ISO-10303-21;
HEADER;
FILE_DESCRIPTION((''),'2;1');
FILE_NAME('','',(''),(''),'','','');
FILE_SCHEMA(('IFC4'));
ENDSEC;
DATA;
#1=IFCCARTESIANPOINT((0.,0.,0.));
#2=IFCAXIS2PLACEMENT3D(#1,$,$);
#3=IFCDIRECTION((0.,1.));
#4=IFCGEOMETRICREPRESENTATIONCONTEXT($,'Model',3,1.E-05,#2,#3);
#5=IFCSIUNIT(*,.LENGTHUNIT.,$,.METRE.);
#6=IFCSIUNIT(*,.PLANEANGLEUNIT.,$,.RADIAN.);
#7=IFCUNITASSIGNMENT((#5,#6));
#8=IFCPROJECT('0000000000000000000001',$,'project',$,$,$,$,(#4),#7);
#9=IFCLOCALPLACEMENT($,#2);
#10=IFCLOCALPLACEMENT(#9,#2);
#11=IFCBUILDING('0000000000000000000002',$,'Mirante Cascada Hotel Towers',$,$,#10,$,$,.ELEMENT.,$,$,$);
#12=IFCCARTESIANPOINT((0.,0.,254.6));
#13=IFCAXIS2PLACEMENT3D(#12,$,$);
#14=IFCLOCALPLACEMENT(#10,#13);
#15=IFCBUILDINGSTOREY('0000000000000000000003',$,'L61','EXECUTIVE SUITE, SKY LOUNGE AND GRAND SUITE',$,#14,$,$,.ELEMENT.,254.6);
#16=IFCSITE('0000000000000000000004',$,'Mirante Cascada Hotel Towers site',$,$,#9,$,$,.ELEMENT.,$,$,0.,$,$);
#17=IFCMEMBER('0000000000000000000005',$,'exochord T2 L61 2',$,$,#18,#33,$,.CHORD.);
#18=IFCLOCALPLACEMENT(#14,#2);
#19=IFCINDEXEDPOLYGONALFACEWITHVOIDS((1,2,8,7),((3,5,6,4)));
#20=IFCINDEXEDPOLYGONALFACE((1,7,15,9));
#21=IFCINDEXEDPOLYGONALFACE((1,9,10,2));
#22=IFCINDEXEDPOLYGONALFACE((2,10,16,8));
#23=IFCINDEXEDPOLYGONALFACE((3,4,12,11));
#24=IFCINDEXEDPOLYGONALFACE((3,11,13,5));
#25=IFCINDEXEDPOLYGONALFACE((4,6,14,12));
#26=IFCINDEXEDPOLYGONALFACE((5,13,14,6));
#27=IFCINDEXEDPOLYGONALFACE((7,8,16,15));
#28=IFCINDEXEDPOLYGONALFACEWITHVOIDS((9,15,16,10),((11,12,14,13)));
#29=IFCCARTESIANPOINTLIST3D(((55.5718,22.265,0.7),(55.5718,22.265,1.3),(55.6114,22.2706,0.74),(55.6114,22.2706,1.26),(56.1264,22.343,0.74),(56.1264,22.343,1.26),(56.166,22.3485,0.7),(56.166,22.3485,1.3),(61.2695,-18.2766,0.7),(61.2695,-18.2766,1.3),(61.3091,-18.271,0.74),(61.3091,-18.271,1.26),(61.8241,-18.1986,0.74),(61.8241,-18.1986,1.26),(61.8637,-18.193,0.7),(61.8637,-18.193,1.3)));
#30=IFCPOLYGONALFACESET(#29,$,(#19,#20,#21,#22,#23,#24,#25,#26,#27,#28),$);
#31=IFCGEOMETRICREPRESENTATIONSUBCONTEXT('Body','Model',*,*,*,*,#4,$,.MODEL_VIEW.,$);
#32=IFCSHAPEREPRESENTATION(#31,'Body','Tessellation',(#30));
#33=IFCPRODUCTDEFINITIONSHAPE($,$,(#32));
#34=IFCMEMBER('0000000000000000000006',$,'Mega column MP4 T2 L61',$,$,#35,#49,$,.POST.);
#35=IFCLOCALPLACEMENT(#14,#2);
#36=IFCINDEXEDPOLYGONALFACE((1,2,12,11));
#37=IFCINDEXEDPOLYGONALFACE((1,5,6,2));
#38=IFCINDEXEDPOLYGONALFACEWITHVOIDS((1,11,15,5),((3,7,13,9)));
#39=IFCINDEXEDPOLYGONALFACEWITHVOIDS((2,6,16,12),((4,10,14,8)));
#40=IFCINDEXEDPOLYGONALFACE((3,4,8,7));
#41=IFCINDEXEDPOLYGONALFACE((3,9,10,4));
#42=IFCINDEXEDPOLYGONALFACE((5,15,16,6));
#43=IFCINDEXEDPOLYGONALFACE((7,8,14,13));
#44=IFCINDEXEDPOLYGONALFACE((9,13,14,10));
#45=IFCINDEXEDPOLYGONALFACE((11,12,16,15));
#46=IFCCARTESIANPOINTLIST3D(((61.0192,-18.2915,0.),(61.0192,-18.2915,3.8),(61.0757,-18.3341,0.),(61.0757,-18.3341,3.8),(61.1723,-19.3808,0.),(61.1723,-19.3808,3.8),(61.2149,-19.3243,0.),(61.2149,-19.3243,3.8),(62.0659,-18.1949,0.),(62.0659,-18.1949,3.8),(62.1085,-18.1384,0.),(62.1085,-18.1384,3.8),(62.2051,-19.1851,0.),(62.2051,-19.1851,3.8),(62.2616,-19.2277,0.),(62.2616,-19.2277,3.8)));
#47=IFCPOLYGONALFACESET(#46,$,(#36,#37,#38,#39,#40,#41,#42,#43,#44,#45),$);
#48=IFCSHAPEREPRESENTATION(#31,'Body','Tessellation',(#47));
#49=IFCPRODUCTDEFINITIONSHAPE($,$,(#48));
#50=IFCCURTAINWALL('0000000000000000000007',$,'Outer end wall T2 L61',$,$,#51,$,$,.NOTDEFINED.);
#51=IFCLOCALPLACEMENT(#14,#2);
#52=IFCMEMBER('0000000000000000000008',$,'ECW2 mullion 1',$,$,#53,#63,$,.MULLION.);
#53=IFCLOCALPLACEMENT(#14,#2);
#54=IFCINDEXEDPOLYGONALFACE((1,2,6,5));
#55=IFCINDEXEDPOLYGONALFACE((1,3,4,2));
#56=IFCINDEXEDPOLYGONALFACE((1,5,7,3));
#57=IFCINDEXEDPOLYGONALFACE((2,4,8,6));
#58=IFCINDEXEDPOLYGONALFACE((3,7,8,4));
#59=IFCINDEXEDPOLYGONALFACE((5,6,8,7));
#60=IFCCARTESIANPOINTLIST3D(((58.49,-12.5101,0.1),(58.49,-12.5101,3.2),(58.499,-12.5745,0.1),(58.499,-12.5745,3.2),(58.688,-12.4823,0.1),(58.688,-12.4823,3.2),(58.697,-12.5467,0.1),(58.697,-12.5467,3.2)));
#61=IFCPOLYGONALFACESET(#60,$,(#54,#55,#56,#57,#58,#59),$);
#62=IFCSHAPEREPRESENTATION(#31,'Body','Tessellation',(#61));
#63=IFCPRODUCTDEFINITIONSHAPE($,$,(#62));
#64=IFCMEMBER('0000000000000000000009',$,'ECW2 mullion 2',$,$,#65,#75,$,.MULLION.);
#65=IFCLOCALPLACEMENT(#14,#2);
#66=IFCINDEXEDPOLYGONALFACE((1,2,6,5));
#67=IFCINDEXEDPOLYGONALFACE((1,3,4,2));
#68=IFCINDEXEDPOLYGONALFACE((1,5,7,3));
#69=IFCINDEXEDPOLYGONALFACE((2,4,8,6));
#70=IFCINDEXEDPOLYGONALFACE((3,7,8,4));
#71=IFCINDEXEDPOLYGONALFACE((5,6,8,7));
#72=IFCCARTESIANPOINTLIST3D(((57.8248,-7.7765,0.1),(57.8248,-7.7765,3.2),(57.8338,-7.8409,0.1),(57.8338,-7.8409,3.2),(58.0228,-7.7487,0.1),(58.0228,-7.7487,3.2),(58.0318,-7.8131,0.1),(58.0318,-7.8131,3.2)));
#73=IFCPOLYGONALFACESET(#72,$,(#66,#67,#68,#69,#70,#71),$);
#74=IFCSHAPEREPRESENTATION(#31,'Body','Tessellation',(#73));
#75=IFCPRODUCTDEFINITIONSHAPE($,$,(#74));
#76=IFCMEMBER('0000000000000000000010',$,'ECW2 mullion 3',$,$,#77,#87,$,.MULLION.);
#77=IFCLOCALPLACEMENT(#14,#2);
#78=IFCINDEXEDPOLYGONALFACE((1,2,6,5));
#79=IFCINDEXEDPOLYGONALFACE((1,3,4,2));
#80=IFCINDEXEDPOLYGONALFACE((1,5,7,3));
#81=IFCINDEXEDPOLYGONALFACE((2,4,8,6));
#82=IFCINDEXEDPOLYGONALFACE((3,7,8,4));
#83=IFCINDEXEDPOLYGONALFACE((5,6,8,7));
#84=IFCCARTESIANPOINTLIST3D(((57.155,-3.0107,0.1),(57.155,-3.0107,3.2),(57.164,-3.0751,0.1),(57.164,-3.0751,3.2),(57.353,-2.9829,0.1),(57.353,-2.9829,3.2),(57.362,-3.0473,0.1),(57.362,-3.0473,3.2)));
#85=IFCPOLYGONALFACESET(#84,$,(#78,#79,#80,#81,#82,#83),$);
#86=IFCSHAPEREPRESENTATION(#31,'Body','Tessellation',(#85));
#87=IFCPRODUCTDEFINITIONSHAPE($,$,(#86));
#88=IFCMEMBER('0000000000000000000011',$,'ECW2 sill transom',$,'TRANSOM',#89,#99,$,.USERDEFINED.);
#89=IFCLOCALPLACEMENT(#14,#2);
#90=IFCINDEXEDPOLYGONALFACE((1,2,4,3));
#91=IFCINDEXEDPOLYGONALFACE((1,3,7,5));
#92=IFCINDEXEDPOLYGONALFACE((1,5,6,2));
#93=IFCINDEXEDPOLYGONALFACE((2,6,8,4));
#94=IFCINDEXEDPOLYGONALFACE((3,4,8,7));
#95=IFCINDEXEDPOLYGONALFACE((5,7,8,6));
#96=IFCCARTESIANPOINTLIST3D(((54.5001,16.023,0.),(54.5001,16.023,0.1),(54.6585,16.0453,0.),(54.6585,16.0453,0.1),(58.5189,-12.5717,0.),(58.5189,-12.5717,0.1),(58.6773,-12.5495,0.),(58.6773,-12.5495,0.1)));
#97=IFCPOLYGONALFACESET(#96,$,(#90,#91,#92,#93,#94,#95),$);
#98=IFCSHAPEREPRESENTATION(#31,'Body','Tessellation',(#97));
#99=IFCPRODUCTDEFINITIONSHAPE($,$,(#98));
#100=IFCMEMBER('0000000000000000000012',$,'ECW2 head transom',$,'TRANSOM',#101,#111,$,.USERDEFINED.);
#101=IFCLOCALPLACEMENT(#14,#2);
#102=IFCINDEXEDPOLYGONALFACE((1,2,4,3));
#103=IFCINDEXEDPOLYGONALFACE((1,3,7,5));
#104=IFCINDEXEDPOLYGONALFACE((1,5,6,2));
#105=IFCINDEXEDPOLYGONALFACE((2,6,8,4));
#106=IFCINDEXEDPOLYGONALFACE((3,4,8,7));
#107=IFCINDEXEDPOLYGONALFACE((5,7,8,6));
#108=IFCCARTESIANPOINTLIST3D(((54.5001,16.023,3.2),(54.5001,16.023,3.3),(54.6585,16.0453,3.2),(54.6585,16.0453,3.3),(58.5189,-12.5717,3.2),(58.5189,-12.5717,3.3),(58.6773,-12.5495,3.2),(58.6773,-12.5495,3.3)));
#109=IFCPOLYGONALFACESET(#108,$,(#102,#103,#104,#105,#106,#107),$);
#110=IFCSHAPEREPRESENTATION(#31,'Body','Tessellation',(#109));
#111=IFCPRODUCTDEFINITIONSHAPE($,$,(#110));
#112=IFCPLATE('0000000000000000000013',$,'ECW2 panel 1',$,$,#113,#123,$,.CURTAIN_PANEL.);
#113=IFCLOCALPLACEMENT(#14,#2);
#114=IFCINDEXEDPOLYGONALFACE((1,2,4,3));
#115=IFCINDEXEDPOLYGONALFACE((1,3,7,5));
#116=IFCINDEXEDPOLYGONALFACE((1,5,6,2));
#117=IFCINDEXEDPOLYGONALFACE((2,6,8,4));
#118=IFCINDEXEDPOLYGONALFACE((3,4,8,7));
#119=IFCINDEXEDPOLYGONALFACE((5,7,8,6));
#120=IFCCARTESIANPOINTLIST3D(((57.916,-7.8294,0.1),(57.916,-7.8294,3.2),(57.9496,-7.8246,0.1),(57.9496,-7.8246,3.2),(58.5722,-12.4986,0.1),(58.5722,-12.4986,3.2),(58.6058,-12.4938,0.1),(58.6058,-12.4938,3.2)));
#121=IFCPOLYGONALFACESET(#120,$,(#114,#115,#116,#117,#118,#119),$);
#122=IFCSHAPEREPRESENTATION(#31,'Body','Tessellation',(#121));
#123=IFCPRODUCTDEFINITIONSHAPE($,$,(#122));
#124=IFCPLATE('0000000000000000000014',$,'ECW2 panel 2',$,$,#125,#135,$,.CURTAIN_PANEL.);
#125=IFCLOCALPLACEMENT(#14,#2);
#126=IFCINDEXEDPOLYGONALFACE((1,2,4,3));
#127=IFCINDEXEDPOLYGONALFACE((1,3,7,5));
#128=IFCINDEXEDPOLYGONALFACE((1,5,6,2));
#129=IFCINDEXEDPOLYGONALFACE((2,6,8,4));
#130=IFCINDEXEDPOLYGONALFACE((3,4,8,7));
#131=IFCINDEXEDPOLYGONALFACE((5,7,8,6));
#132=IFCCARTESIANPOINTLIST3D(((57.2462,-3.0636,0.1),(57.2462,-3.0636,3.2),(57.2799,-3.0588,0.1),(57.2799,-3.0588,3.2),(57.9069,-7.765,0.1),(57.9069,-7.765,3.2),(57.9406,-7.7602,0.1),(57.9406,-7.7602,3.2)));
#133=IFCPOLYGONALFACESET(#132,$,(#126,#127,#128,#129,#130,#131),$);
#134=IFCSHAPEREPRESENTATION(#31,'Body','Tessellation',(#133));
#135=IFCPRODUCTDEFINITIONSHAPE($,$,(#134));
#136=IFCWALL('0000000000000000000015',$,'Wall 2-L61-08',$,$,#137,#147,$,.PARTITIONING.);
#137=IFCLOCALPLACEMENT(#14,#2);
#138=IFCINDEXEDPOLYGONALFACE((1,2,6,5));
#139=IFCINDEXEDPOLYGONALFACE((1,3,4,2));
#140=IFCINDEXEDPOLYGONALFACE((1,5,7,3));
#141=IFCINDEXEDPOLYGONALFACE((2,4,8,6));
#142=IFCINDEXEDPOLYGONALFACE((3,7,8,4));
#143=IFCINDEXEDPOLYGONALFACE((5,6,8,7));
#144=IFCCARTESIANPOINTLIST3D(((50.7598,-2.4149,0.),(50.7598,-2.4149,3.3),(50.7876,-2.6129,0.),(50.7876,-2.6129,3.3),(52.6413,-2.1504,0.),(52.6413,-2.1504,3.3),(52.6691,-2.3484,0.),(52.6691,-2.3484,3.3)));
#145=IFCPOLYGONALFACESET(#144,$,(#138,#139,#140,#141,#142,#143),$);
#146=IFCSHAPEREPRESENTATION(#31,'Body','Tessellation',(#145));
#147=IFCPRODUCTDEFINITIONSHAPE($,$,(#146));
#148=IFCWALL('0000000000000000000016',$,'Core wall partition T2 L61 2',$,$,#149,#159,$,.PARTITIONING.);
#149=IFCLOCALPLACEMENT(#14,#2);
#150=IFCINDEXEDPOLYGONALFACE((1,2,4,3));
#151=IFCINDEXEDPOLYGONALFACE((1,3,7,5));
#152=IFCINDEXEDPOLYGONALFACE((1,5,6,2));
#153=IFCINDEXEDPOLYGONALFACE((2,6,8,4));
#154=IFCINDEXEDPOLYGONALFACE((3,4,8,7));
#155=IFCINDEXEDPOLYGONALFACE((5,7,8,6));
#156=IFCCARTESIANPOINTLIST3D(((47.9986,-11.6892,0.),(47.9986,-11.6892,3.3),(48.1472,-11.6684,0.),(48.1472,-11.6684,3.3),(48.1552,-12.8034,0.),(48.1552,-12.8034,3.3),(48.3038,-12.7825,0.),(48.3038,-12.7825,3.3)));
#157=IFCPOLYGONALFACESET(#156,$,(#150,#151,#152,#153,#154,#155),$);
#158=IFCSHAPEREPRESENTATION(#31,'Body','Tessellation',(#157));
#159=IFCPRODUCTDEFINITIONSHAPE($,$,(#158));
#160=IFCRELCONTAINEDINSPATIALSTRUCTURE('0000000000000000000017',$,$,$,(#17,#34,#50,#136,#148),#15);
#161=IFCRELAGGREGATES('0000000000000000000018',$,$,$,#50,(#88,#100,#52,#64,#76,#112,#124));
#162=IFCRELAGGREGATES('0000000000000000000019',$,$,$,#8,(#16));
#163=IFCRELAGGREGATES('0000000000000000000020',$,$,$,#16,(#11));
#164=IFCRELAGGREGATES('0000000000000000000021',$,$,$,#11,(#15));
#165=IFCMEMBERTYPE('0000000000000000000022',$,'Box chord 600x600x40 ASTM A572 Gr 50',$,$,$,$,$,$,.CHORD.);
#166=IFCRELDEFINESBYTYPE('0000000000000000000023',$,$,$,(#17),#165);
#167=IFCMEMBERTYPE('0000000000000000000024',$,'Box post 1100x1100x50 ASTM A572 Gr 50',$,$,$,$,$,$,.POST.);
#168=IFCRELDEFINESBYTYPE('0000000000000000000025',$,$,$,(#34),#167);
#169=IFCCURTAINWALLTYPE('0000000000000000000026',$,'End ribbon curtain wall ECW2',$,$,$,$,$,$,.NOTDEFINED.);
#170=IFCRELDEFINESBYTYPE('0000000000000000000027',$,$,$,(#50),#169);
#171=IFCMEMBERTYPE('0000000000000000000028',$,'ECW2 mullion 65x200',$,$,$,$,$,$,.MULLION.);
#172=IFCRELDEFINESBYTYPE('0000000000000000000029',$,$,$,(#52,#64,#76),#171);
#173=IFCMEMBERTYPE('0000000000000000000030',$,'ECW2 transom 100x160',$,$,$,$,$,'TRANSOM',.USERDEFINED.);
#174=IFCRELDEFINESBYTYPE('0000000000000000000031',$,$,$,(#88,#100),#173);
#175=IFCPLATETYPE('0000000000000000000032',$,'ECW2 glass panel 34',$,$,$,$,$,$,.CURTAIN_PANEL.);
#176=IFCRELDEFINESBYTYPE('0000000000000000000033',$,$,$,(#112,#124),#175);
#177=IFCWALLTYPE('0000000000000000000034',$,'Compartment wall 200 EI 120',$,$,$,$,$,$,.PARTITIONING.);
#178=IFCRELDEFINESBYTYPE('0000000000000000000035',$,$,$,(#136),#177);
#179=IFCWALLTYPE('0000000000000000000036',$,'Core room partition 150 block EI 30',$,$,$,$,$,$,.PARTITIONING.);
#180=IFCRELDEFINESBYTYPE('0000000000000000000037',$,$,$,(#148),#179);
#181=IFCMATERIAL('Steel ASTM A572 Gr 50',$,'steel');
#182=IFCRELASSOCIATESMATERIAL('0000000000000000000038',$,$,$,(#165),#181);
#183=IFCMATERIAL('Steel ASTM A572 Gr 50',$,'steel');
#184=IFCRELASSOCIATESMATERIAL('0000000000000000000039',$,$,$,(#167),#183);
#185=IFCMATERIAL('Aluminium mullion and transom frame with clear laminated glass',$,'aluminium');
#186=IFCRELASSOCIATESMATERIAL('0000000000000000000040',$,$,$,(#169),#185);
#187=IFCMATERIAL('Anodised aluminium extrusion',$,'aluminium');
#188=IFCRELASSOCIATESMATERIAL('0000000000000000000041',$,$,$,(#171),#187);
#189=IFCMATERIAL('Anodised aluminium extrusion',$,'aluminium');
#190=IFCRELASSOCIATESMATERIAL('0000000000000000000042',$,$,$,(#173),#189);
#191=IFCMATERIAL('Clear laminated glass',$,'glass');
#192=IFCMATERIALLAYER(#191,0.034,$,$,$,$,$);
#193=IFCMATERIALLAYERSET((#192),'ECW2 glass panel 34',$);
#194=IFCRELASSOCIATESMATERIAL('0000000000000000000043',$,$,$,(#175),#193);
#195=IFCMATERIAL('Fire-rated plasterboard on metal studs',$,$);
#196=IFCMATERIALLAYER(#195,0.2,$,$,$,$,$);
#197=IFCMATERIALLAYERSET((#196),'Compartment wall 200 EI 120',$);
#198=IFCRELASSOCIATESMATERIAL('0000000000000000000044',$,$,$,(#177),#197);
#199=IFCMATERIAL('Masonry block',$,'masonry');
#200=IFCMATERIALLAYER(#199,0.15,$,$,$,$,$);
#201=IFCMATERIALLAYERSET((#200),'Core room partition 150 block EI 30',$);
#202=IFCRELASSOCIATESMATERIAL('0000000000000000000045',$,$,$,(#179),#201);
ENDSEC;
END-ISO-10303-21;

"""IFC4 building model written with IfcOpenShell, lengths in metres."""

from ifc_helpers import new_model, si_unit, direction, frame, frame_2d, origin, origin_2d, place, context, subcontext, project, spatial, rectangle, hollow_rectangle, extrude, material, layer, layer_set, material_profile, profile_set, type_object, element, aggregate, save


model = new_model("IFC4")

# Units and contexts
model_context = context("Model", 3, precision=1e-05, world=origin(), true_north=direction((0.0, 1.0)))
body_context = subcontext(model_context, "Body", "Model", "MODEL_VIEW")
ifc_project = project(units=[si_unit("LENGTHUNIT", "METRE"), si_unit("PLANEANGLEUNIT", "RADIAN")], contexts=[model_context])

# Site, building, storey
site_placement = place(None, origin())
site = spatial("IfcSite", under=ifc_project, at=site_placement, Name="Mirante Cascada Hotel Towers site", CompositionType="ELEMENT", RefElevation=0.0)
building_placement = place(site_placement, origin())
building = spatial("IfcBuilding", under=site, at=building_placement, Name="Mirante Cascada Hotel Towers", CompositionType="ELEMENT")
storey_placement = place(building_placement, frame((0.0, 0.0, 254.6)))
storey = spatial("IfcBuildingStorey", under=building, at=storey_placement, Name="L61", Description="EXECUTIVE SUITE, SKY LOUNGE AND GRAND SUITE", CompositionType="ELEMENT", Elevation=254.6)

# Members
ifc_material_1 = material(Name="Steel ASTM A572 Gr 50", Category="steel")
ifc_material_profile_1 = material_profile(ifc_material_1, hollow_rectangle(XDim=0.6, YDim=0.6, WallThickness=0.04, at=origin_2d()), Name="Box chord 600x600x40 ASTM A572 Gr 50")
ifc_profile_set_1 = profile_set([ifc_material_profile_1], Name="Steel ASTM A572 Gr 50")
member_type_1 = type_object("IfcMemberType", Name="Box chord 600x600x40 ASTM A572 Gr 50", PredefinedType="CHORD", material=ifc_profile_set_1)
member_1_placement = place(storey_placement, frame((61.5666, -18.2348, 1.0), z_axis=(-0.139172, 0.990268, 0.0), x_axis=(-0.990268, -0.139172, 0.0)))
element("IfcMember", 1, at=member_1_placement, inside=storey, type_object=member_type_1, Name="exochord T2 L61 2", PredefinedType="CHORD", context=body_context, shape_type="SweptSolid", body=[
    extrude(hollow_rectangle(XDim=0.6, YDim=0.6, WallThickness=0.04, at=origin_2d()), origin(), (0.0, 0.0, 1.0), 40.94),
])
ifc_material_2 = material(Name="Steel ASTM A572 Gr 50", Category="steel")
ifc_material_profile_2 = material_profile(ifc_material_2, hollow_rectangle(XDim=1.1, YDim=1.1, WallThickness=0.05, at=origin_2d()), Name="Box post 1100x1100x50 ASTM A572 Gr 50")
ifc_profile_set_2 = profile_set([ifc_material_profile_2], Name="Steel ASTM A572 Gr 50")
member_type_2 = type_object("IfcMemberType", Name="Box post 1100x1100x50 ASTM A572 Gr 50", PredefinedType="POST", material=ifc_profile_set_2)
member_2_placement = place(storey_placement, frame((61.6404, -18.7596, 0.0), z_axis=(0.0, 0.0, 1.0), x_axis=(0.990268, 0.139173, 0.0)))
element("IfcMember", 2, at=member_2_placement, inside=storey, type_object=member_type_2, Name="Mega column MP4 T2 L61", PredefinedType="POST", context=body_context, shape_type="SweptSolid", body=[
    extrude(hollow_rectangle(XDim=1.1, YDim=1.1, WallThickness=0.05, at=origin_2d()), origin(), (0.0, 0.0, 1.0), 3.8),
])

# Curtain wall, members, plates
ifc_material_3 = material(Name="Aluminium mullion and transom frame with clear laminated glass", Category="aluminium")
curtain_wall_type = type_object("IfcCurtainWallType", Name="End ribbon curtain wall ECW2", PredefinedType="NOTDEFINED", material=ifc_material_3)
curtain_wall_placement = place(storey_placement, origin())
curtain_wall = element("IfcCurtainWall", 3, at=curtain_wall_placement, inside=storey, type_object=curtain_wall_type, Name="Outer end wall T2 L61", PredefinedType="NOTDEFINED")
ifc_material_4 = material(Name="Anodised aluminium extrusion", Category="aluminium")
ifc_material_profile_3 = material_profile(ifc_material_4, rectangle(XDim=0.2, YDim=0.065, at=origin_2d()), Name="ECW2 MULLION 65x200")
ifc_profile_set_3 = profile_set([ifc_material_profile_3], Name="Anodised aluminium extrusion")
member_type_3 = type_object("IfcMemberType", Name="ECW2 mullion 65x200", PredefinedType="MULLION", material=ifc_profile_set_3)
member_3_placement = place(storey_placement, frame((58.5935, -12.5284, 0.1), z_axis=(0.0, 0.0, 1.0), x_axis=(-0.990268, -0.139173, 0.0)))
member_3 = element("IfcMember", 4, at=member_3_placement, type_object=member_type_3, Name="ECW2 mullion 1", PredefinedType="MULLION", context=body_context, shape_type="SweptSolid", body=[
    extrude(rectangle(XDim=0.2, YDim=0.065, at=origin_2d()), origin(), (0.0, 0.0, 1.0), 3.1),
])
member_4_placement = place(storey_placement, frame((57.9283, -7.7948, 0.1), z_axis=(0.0, 0.0, 1.0), x_axis=(-0.990268, -0.139173, 0.0)))
member_4 = element("IfcMember", 5, at=member_4_placement, type_object=member_type_3, Name="ECW2 mullion 2", PredefinedType="MULLION", context=body_context, shape_type="SweptSolid", body=[
    extrude(rectangle(XDim=0.2, YDim=0.065, at=origin_2d()), origin(), (0.0, 0.0, 1.0), 3.1),
])
member_5_placement = place(storey_placement, frame((57.2585, -3.029, 0.1), z_axis=(0.0, 0.0, 1.0), x_axis=(-0.990268, -0.139173, 0.0)))
member_5 = element("IfcMember", 6, at=member_5_placement, type_object=member_type_3, Name="ECW2 mullion 3", PredefinedType="MULLION", context=body_context, shape_type="SweptSolid", body=[
    extrude(rectangle(XDim=0.2, YDim=0.065, at=origin_2d()), origin(), (0.0, 0.0, 1.0), 3.1),
])
ifc_material_5 = material(Name="Anodised aluminium extrusion", Category="aluminium")
ifc_material_profile_4 = material_profile(ifc_material_5, rectangle(XDim=0.16, YDim=0.1, at=origin_2d()), Name="ECW2 TRANSOM 100x160")
ifc_profile_set_4 = profile_set([ifc_material_profile_4], Name="Anodised aluminium extrusion")
member_type_4 = type_object("IfcMemberType", Name="ECW2 transom 100x160", ElementType="TRANSOM", PredefinedType="USERDEFINED", material=ifc_profile_set_4)
member_6_placement = place(storey_placement, frame((58.5981, -12.5606, 0.05), z_axis=(-0.139175, 0.990268, 0.0), x_axis=(-0.990268, -0.139175, 0.0)))
member_6 = element("IfcMember", 7, at=member_6_placement, type_object=member_type_4, Name="ECW2 sill transom", ObjectType="TRANSOM", PredefinedType="USERDEFINED", context=body_context, shape_type="SweptSolid", body=[
    extrude(rectangle(XDim=0.16, YDim=0.1, at=origin_2d()), origin(), (0.0, 0.0, 1.0), 28.8758),
])
member_7_placement = place(storey_placement, frame((58.5981, -12.5606, 3.25), z_axis=(-0.139175, 0.990268, 0.0), x_axis=(-0.990268, -0.139175, 0.0)))
member_7 = element("IfcMember", 8, at=member_7_placement, type_object=member_type_4, Name="ECW2 head transom", ObjectType="TRANSOM", PredefinedType="USERDEFINED", context=body_context, shape_type="SweptSolid", body=[
    extrude(rectangle(XDim=0.16, YDim=0.1, at=origin_2d()), origin(), (0.0, 0.0, 1.0), 28.8758),
])
ifc_material_6 = material(Name="Clear laminated glass", Category="glass")
ifc_layer_1 = layer(ifc_material_6, 0.034)
ifc_layer_set_1 = layer_set([ifc_layer_1], Name="ECW2 glass panel 34")
plate_type = type_object("IfcPlateType", Name="ECW2 glass panel 34", PredefinedType="CURTAIN_PANEL", material=ifc_layer_set_1)
plate_1_placement = place(storey_placement, frame((58.2609, -10.1616, 0.1), z_axis=(0.0, 0.0, 1.0), x_axis=(-0.139173, 0.990268, 0.0)))
plate_1 = element("IfcPlate", 9, at=plate_1_placement, type_object=plate_type, Name="ECW2 panel 1", PredefinedType="CURTAIN_PANEL", context=body_context, shape_type="SweptSolid", body=[
    extrude(rectangle(XDim=4.7151, YDim=0.034, at=origin_2d()), origin(), (0.0, 0.0, 1.0), 3.1),
])
plate_2_placement = place(storey_placement, frame((57.5934, -5.4119, 0.1), z_axis=(0.0, 0.0, 1.0), x_axis=(-0.139173, 0.990268, 0.0)))
plate_2 = element("IfcPlate", 10, at=plate_2_placement, type_object=plate_type, Name="ECW2 panel 2", PredefinedType="CURTAIN_PANEL", context=body_context, shape_type="SweptSolid", body=[
    extrude(rectangle(XDim=4.7476, YDim=0.034, at=origin_2d()), origin(), (0.0, 0.0, 1.0), 3.1),
])
aggregate(curtain_wall, [member_6, member_7, member_3, member_4, member_5, plate_1, plate_2])

# Walls
ifc_material_7 = material(Name="Fire-rated plasterboard on metal studs")
ifc_layer_2 = layer(ifc_material_7, 0.2)
ifc_layer_set_2 = layer_set([ifc_layer_2], Name="Compartment wall 200 EI 120")
wall_type_1 = type_object("IfcWallType", Name="Compartment wall 200 EI 120", PredefinedType="PARTITIONING", material=ifc_layer_set_2)
wall_1_placement = place(storey_placement, frame((50.7737, -2.5139, 0.0), z_axis=(0.0, 0.0, 1.0), x_axis=(0.990263, 0.13921, 0.0)))
element("IfcWall", 11, at=wall_1_placement, inside=storey, type_object=wall_type_1, Name="Wall 2-L61-08", PredefinedType="PARTITIONING", context=body_context, shape_type="SweptSolid", body=[
    extrude(rectangle(XDim=1.9, YDim=0.2, at=frame_2d((0.95, 0.0))), origin(), (0.0, 0.0, 1.0), 3.3),
])
ifc_material_8 = material(Name="Masonry block", Category="masonry")
ifc_layer_3 = layer(ifc_material_8, 0.15)
ifc_layer_set_3 = layer_set([ifc_layer_3], Name="Core room partition 150 block EI 30")
wall_type_2 = type_object("IfcWallType", Name="Core room partition 150 block EI 30", PredefinedType="PARTITIONING", material=ifc_layer_set_3)
wall_2_placement = place(storey_placement, frame((48.2295, -12.793, 0.0), z_axis=(0.0, 0.0, 1.0), x_axis=(-0.139193, 0.990265, 0.0)))
element("IfcWall", 12, at=wall_2_placement, inside=storey, type_object=wall_type_2, Name="Core wall partition T2 L61 2", PredefinedType="PARTITIONING", context=body_context, shape_type="SweptSolid", body=[
    extrude(rectangle(XDim=1.1251, YDim=0.15, at=frame_2d((0.5626, 0.0))), origin(), (0.0, 0.0, 1.0), 3.3),
])

save(model, "model.ifc")
